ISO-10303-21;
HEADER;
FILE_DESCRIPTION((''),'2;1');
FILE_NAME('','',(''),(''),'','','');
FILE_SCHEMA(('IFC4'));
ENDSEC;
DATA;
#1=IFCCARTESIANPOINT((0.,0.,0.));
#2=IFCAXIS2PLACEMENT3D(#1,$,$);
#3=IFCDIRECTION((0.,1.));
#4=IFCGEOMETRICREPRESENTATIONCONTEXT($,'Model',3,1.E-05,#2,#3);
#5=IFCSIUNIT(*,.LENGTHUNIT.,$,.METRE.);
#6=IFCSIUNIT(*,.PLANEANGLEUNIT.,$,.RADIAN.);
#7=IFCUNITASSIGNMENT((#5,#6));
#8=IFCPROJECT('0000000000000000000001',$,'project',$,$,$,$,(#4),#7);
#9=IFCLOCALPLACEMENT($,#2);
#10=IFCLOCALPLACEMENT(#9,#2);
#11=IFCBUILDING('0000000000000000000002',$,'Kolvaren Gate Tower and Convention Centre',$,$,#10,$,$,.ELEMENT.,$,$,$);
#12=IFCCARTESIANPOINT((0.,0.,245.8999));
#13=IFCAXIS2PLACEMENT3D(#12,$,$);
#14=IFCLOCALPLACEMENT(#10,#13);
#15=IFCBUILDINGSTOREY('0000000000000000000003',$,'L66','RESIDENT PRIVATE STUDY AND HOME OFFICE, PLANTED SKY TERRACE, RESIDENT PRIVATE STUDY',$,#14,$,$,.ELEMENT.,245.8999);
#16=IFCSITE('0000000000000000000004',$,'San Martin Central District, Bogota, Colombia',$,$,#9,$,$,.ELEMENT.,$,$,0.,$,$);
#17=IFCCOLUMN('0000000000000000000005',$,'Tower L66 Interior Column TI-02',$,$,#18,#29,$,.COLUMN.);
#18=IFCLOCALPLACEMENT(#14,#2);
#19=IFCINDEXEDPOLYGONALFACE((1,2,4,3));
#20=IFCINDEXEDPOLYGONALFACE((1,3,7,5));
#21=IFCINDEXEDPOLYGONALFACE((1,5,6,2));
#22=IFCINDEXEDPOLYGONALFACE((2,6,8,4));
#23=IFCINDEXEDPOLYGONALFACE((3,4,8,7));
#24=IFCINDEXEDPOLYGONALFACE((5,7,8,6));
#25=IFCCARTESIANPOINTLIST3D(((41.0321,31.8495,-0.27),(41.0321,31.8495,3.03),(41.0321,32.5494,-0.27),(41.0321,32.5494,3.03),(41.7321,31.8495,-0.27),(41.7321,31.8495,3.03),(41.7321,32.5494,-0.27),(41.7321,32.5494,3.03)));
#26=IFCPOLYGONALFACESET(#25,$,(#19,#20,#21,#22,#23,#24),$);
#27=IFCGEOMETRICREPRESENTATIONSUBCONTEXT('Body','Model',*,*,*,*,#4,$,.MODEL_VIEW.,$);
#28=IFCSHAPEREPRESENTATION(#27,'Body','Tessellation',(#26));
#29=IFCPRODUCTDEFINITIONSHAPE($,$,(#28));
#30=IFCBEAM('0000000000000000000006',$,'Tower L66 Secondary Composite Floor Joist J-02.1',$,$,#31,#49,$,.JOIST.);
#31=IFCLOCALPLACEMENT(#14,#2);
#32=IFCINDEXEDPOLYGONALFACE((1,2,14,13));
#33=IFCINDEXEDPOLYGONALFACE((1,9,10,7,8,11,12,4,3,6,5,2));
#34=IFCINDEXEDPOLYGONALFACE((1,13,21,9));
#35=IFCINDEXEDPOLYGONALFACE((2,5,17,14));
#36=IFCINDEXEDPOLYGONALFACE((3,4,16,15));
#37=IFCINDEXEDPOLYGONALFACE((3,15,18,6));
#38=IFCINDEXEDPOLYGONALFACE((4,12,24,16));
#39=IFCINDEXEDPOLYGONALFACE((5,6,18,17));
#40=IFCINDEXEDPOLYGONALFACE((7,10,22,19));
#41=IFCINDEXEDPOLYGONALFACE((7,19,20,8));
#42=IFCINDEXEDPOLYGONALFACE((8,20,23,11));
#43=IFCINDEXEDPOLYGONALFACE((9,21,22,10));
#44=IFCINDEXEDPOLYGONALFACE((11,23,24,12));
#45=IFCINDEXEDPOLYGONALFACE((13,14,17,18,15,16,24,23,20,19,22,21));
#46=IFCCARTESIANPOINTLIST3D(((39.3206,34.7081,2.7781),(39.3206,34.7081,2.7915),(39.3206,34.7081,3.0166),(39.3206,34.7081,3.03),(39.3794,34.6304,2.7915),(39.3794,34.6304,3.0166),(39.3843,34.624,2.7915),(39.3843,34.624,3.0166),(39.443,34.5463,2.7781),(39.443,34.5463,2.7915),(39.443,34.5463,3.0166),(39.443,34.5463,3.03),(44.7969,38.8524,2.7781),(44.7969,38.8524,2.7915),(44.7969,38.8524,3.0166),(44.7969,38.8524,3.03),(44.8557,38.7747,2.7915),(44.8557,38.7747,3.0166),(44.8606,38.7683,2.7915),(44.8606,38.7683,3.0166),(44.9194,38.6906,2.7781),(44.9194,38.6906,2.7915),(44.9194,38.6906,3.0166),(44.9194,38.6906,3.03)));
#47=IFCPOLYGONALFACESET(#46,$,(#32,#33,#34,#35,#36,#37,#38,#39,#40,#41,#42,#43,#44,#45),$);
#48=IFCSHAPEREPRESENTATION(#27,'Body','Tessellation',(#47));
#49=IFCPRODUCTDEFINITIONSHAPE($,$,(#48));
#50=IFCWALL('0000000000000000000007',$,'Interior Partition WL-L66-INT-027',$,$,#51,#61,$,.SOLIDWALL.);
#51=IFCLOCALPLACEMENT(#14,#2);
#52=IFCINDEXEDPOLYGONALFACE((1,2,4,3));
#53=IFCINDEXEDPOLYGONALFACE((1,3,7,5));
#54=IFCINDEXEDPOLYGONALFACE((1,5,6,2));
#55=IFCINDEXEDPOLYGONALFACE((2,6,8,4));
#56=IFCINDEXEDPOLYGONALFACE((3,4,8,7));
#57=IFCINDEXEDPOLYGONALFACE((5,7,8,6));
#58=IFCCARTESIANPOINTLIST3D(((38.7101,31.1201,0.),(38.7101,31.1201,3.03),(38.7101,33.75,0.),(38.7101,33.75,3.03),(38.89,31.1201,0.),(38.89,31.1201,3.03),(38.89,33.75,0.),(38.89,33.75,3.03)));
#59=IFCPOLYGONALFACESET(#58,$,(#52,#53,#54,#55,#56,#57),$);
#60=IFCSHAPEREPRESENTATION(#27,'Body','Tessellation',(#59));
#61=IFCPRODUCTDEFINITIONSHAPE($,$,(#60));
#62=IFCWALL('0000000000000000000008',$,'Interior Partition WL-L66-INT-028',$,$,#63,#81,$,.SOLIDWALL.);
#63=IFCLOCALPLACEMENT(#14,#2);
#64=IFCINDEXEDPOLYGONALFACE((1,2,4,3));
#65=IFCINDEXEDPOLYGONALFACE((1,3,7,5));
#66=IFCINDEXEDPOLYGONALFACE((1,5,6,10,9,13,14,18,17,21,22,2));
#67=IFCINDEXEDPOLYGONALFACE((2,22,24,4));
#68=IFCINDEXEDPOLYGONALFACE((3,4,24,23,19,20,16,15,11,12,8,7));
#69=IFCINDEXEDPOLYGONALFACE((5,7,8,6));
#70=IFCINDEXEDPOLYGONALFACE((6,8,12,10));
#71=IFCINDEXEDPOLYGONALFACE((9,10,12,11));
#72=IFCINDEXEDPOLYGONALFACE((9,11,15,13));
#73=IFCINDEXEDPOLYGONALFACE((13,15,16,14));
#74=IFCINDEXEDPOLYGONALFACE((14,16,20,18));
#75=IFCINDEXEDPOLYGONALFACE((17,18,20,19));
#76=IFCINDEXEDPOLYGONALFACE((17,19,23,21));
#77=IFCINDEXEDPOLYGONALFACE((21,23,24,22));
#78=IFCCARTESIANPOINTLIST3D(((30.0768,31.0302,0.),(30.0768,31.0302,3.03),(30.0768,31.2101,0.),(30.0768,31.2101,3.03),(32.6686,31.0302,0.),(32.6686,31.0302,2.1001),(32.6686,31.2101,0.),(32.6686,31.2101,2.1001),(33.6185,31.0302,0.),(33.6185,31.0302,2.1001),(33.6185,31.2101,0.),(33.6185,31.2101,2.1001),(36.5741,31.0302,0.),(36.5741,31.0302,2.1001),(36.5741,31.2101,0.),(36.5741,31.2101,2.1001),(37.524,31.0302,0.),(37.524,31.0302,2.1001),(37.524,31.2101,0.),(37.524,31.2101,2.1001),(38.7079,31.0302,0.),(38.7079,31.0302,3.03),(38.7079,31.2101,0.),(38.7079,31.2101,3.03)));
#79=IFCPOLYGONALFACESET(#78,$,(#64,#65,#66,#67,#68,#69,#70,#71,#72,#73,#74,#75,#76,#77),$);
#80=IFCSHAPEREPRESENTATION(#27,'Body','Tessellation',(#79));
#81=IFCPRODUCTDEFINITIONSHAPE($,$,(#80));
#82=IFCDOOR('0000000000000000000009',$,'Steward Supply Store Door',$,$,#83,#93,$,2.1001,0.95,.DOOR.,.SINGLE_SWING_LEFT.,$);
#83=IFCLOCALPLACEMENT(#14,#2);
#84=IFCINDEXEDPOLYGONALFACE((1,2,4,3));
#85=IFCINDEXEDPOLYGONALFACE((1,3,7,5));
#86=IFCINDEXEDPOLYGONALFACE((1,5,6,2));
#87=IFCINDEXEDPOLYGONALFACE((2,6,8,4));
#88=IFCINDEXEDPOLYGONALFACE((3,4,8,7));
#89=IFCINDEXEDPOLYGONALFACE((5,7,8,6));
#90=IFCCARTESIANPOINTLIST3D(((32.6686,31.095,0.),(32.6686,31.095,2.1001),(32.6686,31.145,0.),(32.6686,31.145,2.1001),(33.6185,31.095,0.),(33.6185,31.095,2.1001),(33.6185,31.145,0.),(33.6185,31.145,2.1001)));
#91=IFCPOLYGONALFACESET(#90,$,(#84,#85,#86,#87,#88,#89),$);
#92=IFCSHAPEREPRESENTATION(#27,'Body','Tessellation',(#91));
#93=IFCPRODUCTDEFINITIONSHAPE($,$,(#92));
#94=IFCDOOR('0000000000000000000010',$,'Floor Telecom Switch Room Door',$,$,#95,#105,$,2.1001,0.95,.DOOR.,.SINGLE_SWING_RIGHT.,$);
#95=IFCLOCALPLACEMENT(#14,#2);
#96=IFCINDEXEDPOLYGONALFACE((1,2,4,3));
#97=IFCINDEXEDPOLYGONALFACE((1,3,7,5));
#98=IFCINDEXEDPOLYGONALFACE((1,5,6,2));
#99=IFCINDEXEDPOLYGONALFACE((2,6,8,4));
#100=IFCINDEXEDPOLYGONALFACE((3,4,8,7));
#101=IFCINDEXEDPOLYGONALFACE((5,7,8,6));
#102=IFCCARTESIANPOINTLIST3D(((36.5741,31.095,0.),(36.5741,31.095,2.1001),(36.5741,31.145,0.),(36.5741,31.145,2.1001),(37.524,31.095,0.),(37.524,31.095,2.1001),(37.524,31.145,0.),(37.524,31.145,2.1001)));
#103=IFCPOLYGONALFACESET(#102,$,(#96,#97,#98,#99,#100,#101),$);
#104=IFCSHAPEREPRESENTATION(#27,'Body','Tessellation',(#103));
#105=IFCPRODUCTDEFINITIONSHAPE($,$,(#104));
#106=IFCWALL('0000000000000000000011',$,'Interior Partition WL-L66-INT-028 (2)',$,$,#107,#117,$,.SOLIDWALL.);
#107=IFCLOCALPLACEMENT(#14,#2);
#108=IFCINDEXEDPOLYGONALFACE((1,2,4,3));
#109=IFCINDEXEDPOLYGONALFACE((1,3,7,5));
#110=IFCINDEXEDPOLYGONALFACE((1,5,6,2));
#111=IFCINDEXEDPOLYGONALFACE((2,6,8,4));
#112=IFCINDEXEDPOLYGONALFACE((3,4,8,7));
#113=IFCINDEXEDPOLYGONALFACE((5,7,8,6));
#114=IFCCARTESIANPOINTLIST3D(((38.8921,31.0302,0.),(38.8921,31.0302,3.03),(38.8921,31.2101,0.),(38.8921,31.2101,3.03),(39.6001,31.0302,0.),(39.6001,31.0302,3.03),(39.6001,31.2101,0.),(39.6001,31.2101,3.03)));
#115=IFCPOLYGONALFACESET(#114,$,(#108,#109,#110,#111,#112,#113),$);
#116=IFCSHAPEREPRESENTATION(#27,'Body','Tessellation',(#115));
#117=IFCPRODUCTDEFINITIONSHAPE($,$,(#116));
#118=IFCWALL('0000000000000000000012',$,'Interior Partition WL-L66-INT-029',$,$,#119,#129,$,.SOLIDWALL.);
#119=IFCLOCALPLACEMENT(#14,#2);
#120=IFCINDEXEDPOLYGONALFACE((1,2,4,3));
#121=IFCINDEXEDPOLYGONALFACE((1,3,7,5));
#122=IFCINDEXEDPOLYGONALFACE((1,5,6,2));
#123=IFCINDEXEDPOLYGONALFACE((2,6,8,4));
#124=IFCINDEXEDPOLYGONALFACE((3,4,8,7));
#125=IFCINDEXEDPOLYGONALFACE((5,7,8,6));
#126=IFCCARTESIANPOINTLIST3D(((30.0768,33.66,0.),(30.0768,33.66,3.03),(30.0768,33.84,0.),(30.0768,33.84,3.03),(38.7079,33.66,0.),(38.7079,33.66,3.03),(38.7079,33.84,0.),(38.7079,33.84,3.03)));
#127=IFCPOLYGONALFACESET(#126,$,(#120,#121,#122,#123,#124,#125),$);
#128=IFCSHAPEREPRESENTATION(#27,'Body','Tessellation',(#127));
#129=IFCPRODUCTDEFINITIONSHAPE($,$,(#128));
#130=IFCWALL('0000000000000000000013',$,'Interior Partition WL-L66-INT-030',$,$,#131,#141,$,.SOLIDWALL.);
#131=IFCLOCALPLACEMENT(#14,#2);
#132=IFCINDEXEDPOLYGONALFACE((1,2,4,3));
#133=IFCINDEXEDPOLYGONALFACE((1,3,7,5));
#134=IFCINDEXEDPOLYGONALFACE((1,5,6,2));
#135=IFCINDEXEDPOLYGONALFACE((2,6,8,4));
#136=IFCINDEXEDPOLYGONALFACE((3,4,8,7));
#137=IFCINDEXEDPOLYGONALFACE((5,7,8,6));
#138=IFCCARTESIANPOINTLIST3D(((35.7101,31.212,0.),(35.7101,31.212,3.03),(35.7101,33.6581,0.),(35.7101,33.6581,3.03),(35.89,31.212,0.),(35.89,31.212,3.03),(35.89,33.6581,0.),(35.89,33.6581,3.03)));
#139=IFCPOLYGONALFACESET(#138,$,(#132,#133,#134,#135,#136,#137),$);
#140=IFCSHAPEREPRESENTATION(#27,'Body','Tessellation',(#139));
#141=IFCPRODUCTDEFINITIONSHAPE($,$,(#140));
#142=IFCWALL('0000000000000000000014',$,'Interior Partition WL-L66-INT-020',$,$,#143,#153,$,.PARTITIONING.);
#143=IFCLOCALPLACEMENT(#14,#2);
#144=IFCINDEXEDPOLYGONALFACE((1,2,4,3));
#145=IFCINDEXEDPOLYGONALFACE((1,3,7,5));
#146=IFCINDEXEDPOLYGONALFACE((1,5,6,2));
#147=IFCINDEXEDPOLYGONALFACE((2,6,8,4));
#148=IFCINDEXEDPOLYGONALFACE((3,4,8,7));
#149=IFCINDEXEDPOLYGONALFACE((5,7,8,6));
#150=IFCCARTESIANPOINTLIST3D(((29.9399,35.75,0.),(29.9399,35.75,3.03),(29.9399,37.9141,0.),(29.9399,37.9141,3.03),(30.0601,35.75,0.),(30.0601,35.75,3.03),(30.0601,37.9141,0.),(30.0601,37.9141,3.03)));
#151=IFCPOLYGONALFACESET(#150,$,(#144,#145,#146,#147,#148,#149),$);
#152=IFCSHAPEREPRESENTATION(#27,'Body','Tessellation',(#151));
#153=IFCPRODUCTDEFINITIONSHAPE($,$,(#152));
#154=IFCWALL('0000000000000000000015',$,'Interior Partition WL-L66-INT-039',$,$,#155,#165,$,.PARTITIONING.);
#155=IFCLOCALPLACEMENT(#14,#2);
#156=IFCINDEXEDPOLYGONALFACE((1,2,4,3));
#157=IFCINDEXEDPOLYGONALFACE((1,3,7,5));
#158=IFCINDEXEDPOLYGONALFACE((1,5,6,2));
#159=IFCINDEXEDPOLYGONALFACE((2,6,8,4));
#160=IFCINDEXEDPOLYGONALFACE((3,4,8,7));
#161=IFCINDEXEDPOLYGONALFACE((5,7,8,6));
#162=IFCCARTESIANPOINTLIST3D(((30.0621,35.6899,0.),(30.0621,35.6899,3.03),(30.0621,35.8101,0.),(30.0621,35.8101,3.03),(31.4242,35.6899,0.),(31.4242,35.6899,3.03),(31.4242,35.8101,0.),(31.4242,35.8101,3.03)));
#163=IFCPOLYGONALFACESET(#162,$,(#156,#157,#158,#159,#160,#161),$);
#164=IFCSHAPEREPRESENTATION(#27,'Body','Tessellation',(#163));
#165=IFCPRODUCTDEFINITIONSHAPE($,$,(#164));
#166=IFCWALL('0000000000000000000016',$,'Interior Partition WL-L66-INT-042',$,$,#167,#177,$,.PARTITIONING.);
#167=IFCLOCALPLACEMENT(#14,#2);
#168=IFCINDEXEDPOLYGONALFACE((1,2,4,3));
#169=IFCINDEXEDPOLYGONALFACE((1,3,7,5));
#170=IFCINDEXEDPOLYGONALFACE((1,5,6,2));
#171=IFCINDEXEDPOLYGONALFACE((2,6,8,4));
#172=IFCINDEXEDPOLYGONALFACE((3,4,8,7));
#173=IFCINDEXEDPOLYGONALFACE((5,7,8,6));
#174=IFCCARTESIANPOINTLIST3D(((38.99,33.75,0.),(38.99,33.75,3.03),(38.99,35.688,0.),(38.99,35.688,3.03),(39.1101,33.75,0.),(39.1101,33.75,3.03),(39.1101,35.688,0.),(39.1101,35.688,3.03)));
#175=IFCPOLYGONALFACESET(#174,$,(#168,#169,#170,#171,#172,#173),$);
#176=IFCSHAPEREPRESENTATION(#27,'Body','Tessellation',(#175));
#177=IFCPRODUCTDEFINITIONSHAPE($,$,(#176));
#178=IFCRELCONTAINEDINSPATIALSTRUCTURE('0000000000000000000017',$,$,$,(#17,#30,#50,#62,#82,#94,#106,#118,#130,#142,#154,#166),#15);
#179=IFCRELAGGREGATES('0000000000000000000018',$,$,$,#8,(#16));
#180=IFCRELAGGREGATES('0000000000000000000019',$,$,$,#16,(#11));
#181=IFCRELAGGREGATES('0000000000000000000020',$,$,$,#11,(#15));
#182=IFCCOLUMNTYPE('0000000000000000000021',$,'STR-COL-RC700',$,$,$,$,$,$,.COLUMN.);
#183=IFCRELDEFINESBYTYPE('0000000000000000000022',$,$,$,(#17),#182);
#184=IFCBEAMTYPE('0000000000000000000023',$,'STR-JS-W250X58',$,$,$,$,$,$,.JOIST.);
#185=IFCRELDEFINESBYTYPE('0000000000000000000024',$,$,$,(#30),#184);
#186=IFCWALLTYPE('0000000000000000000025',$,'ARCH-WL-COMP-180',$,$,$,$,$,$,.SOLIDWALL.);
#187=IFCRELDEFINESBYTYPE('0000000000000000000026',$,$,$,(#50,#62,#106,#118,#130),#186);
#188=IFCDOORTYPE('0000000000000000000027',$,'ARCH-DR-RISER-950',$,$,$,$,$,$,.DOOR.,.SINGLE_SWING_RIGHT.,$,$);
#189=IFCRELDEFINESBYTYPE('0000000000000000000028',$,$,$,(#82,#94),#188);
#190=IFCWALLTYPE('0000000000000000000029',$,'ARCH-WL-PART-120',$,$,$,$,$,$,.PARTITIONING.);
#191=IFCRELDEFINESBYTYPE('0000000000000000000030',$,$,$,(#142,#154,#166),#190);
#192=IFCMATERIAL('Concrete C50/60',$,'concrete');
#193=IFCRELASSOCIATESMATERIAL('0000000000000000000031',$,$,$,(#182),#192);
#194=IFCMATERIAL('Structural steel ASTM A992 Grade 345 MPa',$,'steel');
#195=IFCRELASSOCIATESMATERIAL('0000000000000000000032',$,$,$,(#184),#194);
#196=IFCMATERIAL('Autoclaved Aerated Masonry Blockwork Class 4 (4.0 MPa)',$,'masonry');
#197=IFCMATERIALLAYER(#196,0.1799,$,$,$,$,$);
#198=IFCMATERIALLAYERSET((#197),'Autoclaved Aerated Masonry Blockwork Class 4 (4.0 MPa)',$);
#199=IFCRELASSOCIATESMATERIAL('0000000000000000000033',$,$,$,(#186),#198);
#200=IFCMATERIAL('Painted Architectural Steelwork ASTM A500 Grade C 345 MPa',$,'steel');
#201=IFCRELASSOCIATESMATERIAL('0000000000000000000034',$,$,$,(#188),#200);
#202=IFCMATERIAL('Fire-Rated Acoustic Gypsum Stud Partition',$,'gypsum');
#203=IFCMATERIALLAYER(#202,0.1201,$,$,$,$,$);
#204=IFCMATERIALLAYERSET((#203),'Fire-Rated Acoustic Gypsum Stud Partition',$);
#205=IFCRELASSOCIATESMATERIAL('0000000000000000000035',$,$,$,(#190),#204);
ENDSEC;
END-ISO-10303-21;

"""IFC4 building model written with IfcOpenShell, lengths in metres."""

from ifc_helpers import new_model, si_unit, direction, frame, frame_2d, origin, origin_2d, place, context, subcontext, project, spatial, rectangle, i_section, extrude, material, layer, layer_set, material_profile, profile_set, type_object, element, fill, save


model = new_model("IFC4")

# Units and contexts
model_context = context("Model", 3, precision=1e-05, world=origin(), true_north=direction((0.0, 1.0)))
body_context = subcontext(model_context, "Body", "Model", "MODEL_VIEW")
ifc_project = project(units=[si_unit("LENGTHUNIT", "METRE"), si_unit("PLANEANGLEUNIT", "RADIAN")], contexts=[model_context])

# Site, building, storey
site_placement = place(None, origin())
site = spatial("IfcSite", under=ifc_project, at=site_placement, Name="San Martin Central District, Bogota, Colombia", CompositionType="ELEMENT", RefElevation=0.0)
building_placement = place(site_placement, origin())
building = spatial("IfcBuilding", under=site, at=building_placement, Name="Kolvaren Gate Tower and Convention Centre", CompositionType="ELEMENT")
storey_placement = place(building_placement, frame((0.0, 0.0, 245.8999)))
storey = spatial("IfcBuildingStorey", under=building, at=storey_placement, Name="L66", Description="RESIDENT PRIVATE STUDY AND HOME OFFICE, PLANTED SKY TERRACE, RESIDENT PRIVATE STUDY", CompositionType="ELEMENT", Elevation=245.8999)

# Column
ifc_material_1 = material(Name="Concrete C50/60", Category="concrete")
ifc_material_profile_1 = material_profile(ifc_material_1, rectangle(XDim=0.7, YDim=0.7, at=origin_2d()), Name="RC-COL-700X700")
ifc_profile_set_1 = profile_set([ifc_material_profile_1], Name="Concrete C50/60")
column_type = type_object("IfcColumnType", Name="STR-COL-RC700", PredefinedType="COLUMN", material=ifc_profile_set_1)
column_placement = place(storey_placement, frame((41.3821, 32.1995, -0.27), z_axis=(0.0, 0.0, 1.0), x_axis=(1.0, 0.0, 0.0)))
element("IfcColumn", 1, at=column_placement, inside=storey, type_object=column_type, Name="Tower L66 Interior Column TI-02", PredefinedType="COLUMN", context=body_context, shape_type="SweptSolid", body=[
    extrude(rectangle(XDim=0.7, YDim=0.7, at=origin_2d()), origin(), (0.0, 0.0, 1.0), 3.3),
])

# Beam
ifc_material_2 = material(Name="Structural steel ASTM A992 Grade 345 MPa", Category="steel")
ifc_material_profile_2 = material_profile(ifc_material_2, i_section(OverallWidth=0.2029, OverallDepth=0.252, WebThickness=0.0081, FlangeThickness=0.0134, at=origin_2d()), Name="W250X58")
ifc_profile_set_2 = profile_set([ifc_material_profile_2], Name="Structural steel ASTM A992 Grade 345 MPa")
beam_type = type_object("IfcBeamType", Name="STR-JS-W250X58", PredefinedType="JOIST", material=ifc_profile_set_2)
beam_placement = place(storey_placement, frame((39.3818, 34.6272, 2.9041), z_axis=(0.797403, 0.603447, 0.0), x_axis=(-0.603447, 0.797403, 0.0)))
element("IfcBeam", 2, at=beam_placement, inside=storey, type_object=beam_type, Name="Tower L66 Secondary Composite Floor Joist J-02.1", PredefinedType="JOIST", context=body_context, shape_type="SweptSolid", body=[
    extrude(i_section(OverallWidth=0.2029, OverallDepth=0.252, WebThickness=0.0081, FlangeThickness=0.0134, at=origin_2d()), origin(), (0.0, 0.0, 1.0), 6.8677),
])

# Wall
ifc_material_3 = material(Name="Autoclaved Aerated Masonry Blockwork Class 4 (4.0 MPa)", Category="masonry")
ifc_layer_1 = layer(ifc_material_3, 0.1799)
ifc_layer_set_1 = layer_set([ifc_layer_1], Name="Autoclaved Aerated Masonry Blockwork Class 4 (4.0 MPa)")
wall_type_1 = type_object("IfcWallType", Name="ARCH-WL-COMP-180", PredefinedType="SOLIDWALL", material=ifc_layer_set_1)
wall_1_placement = place(storey_placement, frame((38.8, 31.1201, 0.0), z_axis=(0.0, 0.0, 1.0), x_axis=(0.0, 1.0, 0.0)))
element("IfcWall", 3, at=wall_1_placement, inside=storey, type_object=wall_type_1, Name="Interior Partition WL-L66-INT-027", PredefinedType="SOLIDWALL", context=body_context, shape_type="SweptSolid", body=[
    extrude(rectangle(XDim=2.6299, YDim=0.1799, at=frame_2d((1.3149, 0.0))), origin(), (0.0, 0.0, 1.0), 3.03),
])

# Wall, openings, doors
wall_2_placement = place(storey_placement, frame((30.0769, 31.1201, 0.0), z_axis=(0.0, 0.0, 1.0), x_axis=(1.0, 0.0, 0.0)))
wall_2 = element("IfcWall", 4, at=wall_2_placement, inside=storey, type_object=wall_type_1, Name="Interior Partition WL-L66-INT-028", PredefinedType="SOLIDWALL", context=body_context, shape_type="SweptSolid", body=[
    extrude(rectangle(XDim=8.6311, YDim=0.1799, at=frame_2d((4.3154, 0.0))), origin(), (0.0, 0.0, 1.0), 3.03),
])
opening_1_placement = place(wall_2_placement, frame((2.5916, 0.0, 0.0)))
opening_1 = element("IfcOpeningElement", 5, at=opening_1_placement, cuts=wall_2, PredefinedType="OPENING", context=body_context, shape_type="SweptSolid", body=[
    extrude(rectangle(XDim=0.95, YDim=2.1001, at=frame_2d((0.4751, 1.05))), frame((0.0, 0.0999, 0.0), z_axis=(0.0, -1.0, 0.0), x_axis=(1.0, 0.0, 0.0)), (0.0, 0.0, 1.0), 0.2),
])
opening_2_placement = place(wall_2_placement, frame((6.4971, 0.0, 0.0)))
opening_2 = element("IfcOpeningElement", 6, at=opening_2_placement, cuts=wall_2, PredefinedType="OPENING", context=body_context, shape_type="SweptSolid", body=[
    extrude(rectangle(XDim=0.95, YDim=2.1001, at=frame_2d((0.4751, 1.05))), frame((0.0, 0.0999, 0.0), z_axis=(0.0, -1.0, 0.0), x_axis=(1.0, 0.0, 0.0)), (0.0, 0.0, 1.0), 0.2),
])
ifc_material_4 = material(Name="Painted Architectural Steelwork ASTM A500 Grade C 345 MPa", Category="steel")
door_type = type_object("IfcDoorType", Name="ARCH-DR-RISER-950", OperationType="SINGLE_SWING_RIGHT", PredefinedType="DOOR", material=ifc_material_4)
door_1_placement = place(opening_1_placement, origin())
door_1 = element("IfcDoor", 7, at=door_1_placement, inside=storey, type_object=door_type, Name="Steward Supply Store Door", OperationType="SINGLE_SWING_LEFT", OverallHeight=2.1001, OverallWidth=0.95, PredefinedType="DOOR", context=body_context, shape_type="SweptSolid", body=[
    extrude(rectangle(XDim=0.95, YDim=2.1001, at=frame_2d((0.4751, 1.05))), frame((0.0, 0.0249, 0.0), z_axis=(0.0, -1.0, 0.0), x_axis=(1.0, 0.0, 0.0)), (0.0, 0.0, 1.0), 0.05),
])
fill(opening_1, door_1)
door_2_placement = place(opening_2_placement, origin())
door_2 = element("IfcDoor", 8, at=door_2_placement, inside=storey, type_object=door_type, Name="Floor Telecom Switch Room Door", OperationType="SINGLE_SWING_RIGHT", OverallHeight=2.1001, OverallWidth=0.95, PredefinedType="DOOR", context=body_context, shape_type="SweptSolid", body=[
    extrude(rectangle(XDim=0.95, YDim=2.1001, at=frame_2d((0.4751, 1.05))), frame((0.0, 0.0249, 0.0), z_axis=(0.0, -1.0, 0.0), x_axis=(1.0, 0.0, 0.0)), (0.0, 0.0, 1.0), 0.05),
])
fill(opening_2, door_2)

# Walls
wall_3_placement = place(storey_placement, frame((38.8921, 31.1201, 0.0), z_axis=(0.0, 0.0, 1.0), x_axis=(1.0, 0.0, 0.0)))
element("IfcWall", 9, at=wall_3_placement, inside=storey, type_object=wall_type_1, Name="Interior Partition WL-L66-INT-028 (2)", PredefinedType="SOLIDWALL", context=body_context, shape_type="SweptSolid", body=[
    extrude(rectangle(XDim=0.708, YDim=0.1799, at=frame_2d((0.354, 0.0))), origin(), (0.0, 0.0, 1.0), 3.03),
])
wall_4_placement = place(storey_placement, frame((30.0769, 33.75, 0.0), z_axis=(0.0, 0.0, 1.0), x_axis=(1.0, 0.0, 0.0)))
element("IfcWall", 10, at=wall_4_placement, inside=storey, type_object=wall_type_1, Name="Interior Partition WL-L66-INT-029", PredefinedType="SOLIDWALL", context=body_context, shape_type="SweptSolid", body=[
    extrude(rectangle(XDim=8.6311, YDim=0.1799, at=frame_2d((4.3154, 0.0))), origin(), (0.0, 0.0, 1.0), 3.03),
])
wall_5_placement = place(storey_placement, frame((35.8, 31.2119, 0.0), z_axis=(0.0, 0.0, 1.0), x_axis=(0.0, 1.0, 0.0)))
element("IfcWall", 11, at=wall_5_placement, inside=storey, type_object=wall_type_1, Name="Interior Partition WL-L66-INT-030", PredefinedType="SOLIDWALL", context=body_context, shape_type="SweptSolid", body=[
    extrude(rectangle(XDim=2.446, YDim=0.1799, at=frame_2d((1.2231, 0.0))), origin(), (0.0, 0.0, 1.0), 3.03),
])
ifc_material_5 = material(Name="Fire-Rated Acoustic Gypsum Stud Partition", Category="gypsum")
ifc_layer_2 = layer(ifc_material_5, 0.1201)
ifc_layer_set_2 = layer_set([ifc_layer_2], Name="Fire-Rated Acoustic Gypsum Stud Partition")
wall_type_2 = type_object("IfcWallType", Name="ARCH-WL-PART-120", PredefinedType="PARTITIONING", material=ifc_layer_set_2)
wall_6_placement = place(storey_placement, frame((30.0, 35.75, 0.0), z_axis=(0.0, 0.0, 1.0), x_axis=(0.0, 1.0, 0.0)))
element("IfcWall", 12, at=wall_6_placement, inside=storey, type_object=wall_type_2, Name="Interior Partition WL-L66-INT-020", PredefinedType="PARTITIONING", context=body_context, shape_type="SweptSolid", body=[
    extrude(rectangle(XDim=2.1641, YDim=0.1201, at=frame_2d((1.082, 0.0))), origin(), (0.0, 0.0, 1.0), 3.03),
])
wall_7_placement = place(storey_placement, frame((30.062, 35.75, 0.0), z_axis=(0.0, 0.0, 1.0), x_axis=(1.0, 0.0, 0.0)))
element("IfcWall", 13, at=wall_7_placement, inside=storey, type_object=wall_type_2, Name="Interior Partition WL-L66-INT-039", PredefinedType="PARTITIONING", context=body_context, shape_type="SweptSolid", body=[
    extrude(rectangle(XDim=1.3621, YDim=0.1201, at=frame_2d((0.6812, 0.0))), origin(), (0.0, 0.0, 1.0), 3.03),
])
wall_8_placement = place(storey_placement, frame((39.05, 33.75, 0.0), z_axis=(0.0, 0.0, 1.0), x_axis=(0.0, 1.0, 0.0)))
element("IfcWall", 14, at=wall_8_placement, inside=storey, type_object=wall_type_2, Name="Interior Partition WL-L66-INT-042", PredefinedType="PARTITIONING", context=body_context, shape_type="SweptSolid", body=[
    extrude(rectangle(XDim=1.938, YDim=0.1201, at=frame_2d((0.969, 0.0))), origin(), (0.0, 0.0, 1.0), 3.03),
])

save(model, "model.ifc")
